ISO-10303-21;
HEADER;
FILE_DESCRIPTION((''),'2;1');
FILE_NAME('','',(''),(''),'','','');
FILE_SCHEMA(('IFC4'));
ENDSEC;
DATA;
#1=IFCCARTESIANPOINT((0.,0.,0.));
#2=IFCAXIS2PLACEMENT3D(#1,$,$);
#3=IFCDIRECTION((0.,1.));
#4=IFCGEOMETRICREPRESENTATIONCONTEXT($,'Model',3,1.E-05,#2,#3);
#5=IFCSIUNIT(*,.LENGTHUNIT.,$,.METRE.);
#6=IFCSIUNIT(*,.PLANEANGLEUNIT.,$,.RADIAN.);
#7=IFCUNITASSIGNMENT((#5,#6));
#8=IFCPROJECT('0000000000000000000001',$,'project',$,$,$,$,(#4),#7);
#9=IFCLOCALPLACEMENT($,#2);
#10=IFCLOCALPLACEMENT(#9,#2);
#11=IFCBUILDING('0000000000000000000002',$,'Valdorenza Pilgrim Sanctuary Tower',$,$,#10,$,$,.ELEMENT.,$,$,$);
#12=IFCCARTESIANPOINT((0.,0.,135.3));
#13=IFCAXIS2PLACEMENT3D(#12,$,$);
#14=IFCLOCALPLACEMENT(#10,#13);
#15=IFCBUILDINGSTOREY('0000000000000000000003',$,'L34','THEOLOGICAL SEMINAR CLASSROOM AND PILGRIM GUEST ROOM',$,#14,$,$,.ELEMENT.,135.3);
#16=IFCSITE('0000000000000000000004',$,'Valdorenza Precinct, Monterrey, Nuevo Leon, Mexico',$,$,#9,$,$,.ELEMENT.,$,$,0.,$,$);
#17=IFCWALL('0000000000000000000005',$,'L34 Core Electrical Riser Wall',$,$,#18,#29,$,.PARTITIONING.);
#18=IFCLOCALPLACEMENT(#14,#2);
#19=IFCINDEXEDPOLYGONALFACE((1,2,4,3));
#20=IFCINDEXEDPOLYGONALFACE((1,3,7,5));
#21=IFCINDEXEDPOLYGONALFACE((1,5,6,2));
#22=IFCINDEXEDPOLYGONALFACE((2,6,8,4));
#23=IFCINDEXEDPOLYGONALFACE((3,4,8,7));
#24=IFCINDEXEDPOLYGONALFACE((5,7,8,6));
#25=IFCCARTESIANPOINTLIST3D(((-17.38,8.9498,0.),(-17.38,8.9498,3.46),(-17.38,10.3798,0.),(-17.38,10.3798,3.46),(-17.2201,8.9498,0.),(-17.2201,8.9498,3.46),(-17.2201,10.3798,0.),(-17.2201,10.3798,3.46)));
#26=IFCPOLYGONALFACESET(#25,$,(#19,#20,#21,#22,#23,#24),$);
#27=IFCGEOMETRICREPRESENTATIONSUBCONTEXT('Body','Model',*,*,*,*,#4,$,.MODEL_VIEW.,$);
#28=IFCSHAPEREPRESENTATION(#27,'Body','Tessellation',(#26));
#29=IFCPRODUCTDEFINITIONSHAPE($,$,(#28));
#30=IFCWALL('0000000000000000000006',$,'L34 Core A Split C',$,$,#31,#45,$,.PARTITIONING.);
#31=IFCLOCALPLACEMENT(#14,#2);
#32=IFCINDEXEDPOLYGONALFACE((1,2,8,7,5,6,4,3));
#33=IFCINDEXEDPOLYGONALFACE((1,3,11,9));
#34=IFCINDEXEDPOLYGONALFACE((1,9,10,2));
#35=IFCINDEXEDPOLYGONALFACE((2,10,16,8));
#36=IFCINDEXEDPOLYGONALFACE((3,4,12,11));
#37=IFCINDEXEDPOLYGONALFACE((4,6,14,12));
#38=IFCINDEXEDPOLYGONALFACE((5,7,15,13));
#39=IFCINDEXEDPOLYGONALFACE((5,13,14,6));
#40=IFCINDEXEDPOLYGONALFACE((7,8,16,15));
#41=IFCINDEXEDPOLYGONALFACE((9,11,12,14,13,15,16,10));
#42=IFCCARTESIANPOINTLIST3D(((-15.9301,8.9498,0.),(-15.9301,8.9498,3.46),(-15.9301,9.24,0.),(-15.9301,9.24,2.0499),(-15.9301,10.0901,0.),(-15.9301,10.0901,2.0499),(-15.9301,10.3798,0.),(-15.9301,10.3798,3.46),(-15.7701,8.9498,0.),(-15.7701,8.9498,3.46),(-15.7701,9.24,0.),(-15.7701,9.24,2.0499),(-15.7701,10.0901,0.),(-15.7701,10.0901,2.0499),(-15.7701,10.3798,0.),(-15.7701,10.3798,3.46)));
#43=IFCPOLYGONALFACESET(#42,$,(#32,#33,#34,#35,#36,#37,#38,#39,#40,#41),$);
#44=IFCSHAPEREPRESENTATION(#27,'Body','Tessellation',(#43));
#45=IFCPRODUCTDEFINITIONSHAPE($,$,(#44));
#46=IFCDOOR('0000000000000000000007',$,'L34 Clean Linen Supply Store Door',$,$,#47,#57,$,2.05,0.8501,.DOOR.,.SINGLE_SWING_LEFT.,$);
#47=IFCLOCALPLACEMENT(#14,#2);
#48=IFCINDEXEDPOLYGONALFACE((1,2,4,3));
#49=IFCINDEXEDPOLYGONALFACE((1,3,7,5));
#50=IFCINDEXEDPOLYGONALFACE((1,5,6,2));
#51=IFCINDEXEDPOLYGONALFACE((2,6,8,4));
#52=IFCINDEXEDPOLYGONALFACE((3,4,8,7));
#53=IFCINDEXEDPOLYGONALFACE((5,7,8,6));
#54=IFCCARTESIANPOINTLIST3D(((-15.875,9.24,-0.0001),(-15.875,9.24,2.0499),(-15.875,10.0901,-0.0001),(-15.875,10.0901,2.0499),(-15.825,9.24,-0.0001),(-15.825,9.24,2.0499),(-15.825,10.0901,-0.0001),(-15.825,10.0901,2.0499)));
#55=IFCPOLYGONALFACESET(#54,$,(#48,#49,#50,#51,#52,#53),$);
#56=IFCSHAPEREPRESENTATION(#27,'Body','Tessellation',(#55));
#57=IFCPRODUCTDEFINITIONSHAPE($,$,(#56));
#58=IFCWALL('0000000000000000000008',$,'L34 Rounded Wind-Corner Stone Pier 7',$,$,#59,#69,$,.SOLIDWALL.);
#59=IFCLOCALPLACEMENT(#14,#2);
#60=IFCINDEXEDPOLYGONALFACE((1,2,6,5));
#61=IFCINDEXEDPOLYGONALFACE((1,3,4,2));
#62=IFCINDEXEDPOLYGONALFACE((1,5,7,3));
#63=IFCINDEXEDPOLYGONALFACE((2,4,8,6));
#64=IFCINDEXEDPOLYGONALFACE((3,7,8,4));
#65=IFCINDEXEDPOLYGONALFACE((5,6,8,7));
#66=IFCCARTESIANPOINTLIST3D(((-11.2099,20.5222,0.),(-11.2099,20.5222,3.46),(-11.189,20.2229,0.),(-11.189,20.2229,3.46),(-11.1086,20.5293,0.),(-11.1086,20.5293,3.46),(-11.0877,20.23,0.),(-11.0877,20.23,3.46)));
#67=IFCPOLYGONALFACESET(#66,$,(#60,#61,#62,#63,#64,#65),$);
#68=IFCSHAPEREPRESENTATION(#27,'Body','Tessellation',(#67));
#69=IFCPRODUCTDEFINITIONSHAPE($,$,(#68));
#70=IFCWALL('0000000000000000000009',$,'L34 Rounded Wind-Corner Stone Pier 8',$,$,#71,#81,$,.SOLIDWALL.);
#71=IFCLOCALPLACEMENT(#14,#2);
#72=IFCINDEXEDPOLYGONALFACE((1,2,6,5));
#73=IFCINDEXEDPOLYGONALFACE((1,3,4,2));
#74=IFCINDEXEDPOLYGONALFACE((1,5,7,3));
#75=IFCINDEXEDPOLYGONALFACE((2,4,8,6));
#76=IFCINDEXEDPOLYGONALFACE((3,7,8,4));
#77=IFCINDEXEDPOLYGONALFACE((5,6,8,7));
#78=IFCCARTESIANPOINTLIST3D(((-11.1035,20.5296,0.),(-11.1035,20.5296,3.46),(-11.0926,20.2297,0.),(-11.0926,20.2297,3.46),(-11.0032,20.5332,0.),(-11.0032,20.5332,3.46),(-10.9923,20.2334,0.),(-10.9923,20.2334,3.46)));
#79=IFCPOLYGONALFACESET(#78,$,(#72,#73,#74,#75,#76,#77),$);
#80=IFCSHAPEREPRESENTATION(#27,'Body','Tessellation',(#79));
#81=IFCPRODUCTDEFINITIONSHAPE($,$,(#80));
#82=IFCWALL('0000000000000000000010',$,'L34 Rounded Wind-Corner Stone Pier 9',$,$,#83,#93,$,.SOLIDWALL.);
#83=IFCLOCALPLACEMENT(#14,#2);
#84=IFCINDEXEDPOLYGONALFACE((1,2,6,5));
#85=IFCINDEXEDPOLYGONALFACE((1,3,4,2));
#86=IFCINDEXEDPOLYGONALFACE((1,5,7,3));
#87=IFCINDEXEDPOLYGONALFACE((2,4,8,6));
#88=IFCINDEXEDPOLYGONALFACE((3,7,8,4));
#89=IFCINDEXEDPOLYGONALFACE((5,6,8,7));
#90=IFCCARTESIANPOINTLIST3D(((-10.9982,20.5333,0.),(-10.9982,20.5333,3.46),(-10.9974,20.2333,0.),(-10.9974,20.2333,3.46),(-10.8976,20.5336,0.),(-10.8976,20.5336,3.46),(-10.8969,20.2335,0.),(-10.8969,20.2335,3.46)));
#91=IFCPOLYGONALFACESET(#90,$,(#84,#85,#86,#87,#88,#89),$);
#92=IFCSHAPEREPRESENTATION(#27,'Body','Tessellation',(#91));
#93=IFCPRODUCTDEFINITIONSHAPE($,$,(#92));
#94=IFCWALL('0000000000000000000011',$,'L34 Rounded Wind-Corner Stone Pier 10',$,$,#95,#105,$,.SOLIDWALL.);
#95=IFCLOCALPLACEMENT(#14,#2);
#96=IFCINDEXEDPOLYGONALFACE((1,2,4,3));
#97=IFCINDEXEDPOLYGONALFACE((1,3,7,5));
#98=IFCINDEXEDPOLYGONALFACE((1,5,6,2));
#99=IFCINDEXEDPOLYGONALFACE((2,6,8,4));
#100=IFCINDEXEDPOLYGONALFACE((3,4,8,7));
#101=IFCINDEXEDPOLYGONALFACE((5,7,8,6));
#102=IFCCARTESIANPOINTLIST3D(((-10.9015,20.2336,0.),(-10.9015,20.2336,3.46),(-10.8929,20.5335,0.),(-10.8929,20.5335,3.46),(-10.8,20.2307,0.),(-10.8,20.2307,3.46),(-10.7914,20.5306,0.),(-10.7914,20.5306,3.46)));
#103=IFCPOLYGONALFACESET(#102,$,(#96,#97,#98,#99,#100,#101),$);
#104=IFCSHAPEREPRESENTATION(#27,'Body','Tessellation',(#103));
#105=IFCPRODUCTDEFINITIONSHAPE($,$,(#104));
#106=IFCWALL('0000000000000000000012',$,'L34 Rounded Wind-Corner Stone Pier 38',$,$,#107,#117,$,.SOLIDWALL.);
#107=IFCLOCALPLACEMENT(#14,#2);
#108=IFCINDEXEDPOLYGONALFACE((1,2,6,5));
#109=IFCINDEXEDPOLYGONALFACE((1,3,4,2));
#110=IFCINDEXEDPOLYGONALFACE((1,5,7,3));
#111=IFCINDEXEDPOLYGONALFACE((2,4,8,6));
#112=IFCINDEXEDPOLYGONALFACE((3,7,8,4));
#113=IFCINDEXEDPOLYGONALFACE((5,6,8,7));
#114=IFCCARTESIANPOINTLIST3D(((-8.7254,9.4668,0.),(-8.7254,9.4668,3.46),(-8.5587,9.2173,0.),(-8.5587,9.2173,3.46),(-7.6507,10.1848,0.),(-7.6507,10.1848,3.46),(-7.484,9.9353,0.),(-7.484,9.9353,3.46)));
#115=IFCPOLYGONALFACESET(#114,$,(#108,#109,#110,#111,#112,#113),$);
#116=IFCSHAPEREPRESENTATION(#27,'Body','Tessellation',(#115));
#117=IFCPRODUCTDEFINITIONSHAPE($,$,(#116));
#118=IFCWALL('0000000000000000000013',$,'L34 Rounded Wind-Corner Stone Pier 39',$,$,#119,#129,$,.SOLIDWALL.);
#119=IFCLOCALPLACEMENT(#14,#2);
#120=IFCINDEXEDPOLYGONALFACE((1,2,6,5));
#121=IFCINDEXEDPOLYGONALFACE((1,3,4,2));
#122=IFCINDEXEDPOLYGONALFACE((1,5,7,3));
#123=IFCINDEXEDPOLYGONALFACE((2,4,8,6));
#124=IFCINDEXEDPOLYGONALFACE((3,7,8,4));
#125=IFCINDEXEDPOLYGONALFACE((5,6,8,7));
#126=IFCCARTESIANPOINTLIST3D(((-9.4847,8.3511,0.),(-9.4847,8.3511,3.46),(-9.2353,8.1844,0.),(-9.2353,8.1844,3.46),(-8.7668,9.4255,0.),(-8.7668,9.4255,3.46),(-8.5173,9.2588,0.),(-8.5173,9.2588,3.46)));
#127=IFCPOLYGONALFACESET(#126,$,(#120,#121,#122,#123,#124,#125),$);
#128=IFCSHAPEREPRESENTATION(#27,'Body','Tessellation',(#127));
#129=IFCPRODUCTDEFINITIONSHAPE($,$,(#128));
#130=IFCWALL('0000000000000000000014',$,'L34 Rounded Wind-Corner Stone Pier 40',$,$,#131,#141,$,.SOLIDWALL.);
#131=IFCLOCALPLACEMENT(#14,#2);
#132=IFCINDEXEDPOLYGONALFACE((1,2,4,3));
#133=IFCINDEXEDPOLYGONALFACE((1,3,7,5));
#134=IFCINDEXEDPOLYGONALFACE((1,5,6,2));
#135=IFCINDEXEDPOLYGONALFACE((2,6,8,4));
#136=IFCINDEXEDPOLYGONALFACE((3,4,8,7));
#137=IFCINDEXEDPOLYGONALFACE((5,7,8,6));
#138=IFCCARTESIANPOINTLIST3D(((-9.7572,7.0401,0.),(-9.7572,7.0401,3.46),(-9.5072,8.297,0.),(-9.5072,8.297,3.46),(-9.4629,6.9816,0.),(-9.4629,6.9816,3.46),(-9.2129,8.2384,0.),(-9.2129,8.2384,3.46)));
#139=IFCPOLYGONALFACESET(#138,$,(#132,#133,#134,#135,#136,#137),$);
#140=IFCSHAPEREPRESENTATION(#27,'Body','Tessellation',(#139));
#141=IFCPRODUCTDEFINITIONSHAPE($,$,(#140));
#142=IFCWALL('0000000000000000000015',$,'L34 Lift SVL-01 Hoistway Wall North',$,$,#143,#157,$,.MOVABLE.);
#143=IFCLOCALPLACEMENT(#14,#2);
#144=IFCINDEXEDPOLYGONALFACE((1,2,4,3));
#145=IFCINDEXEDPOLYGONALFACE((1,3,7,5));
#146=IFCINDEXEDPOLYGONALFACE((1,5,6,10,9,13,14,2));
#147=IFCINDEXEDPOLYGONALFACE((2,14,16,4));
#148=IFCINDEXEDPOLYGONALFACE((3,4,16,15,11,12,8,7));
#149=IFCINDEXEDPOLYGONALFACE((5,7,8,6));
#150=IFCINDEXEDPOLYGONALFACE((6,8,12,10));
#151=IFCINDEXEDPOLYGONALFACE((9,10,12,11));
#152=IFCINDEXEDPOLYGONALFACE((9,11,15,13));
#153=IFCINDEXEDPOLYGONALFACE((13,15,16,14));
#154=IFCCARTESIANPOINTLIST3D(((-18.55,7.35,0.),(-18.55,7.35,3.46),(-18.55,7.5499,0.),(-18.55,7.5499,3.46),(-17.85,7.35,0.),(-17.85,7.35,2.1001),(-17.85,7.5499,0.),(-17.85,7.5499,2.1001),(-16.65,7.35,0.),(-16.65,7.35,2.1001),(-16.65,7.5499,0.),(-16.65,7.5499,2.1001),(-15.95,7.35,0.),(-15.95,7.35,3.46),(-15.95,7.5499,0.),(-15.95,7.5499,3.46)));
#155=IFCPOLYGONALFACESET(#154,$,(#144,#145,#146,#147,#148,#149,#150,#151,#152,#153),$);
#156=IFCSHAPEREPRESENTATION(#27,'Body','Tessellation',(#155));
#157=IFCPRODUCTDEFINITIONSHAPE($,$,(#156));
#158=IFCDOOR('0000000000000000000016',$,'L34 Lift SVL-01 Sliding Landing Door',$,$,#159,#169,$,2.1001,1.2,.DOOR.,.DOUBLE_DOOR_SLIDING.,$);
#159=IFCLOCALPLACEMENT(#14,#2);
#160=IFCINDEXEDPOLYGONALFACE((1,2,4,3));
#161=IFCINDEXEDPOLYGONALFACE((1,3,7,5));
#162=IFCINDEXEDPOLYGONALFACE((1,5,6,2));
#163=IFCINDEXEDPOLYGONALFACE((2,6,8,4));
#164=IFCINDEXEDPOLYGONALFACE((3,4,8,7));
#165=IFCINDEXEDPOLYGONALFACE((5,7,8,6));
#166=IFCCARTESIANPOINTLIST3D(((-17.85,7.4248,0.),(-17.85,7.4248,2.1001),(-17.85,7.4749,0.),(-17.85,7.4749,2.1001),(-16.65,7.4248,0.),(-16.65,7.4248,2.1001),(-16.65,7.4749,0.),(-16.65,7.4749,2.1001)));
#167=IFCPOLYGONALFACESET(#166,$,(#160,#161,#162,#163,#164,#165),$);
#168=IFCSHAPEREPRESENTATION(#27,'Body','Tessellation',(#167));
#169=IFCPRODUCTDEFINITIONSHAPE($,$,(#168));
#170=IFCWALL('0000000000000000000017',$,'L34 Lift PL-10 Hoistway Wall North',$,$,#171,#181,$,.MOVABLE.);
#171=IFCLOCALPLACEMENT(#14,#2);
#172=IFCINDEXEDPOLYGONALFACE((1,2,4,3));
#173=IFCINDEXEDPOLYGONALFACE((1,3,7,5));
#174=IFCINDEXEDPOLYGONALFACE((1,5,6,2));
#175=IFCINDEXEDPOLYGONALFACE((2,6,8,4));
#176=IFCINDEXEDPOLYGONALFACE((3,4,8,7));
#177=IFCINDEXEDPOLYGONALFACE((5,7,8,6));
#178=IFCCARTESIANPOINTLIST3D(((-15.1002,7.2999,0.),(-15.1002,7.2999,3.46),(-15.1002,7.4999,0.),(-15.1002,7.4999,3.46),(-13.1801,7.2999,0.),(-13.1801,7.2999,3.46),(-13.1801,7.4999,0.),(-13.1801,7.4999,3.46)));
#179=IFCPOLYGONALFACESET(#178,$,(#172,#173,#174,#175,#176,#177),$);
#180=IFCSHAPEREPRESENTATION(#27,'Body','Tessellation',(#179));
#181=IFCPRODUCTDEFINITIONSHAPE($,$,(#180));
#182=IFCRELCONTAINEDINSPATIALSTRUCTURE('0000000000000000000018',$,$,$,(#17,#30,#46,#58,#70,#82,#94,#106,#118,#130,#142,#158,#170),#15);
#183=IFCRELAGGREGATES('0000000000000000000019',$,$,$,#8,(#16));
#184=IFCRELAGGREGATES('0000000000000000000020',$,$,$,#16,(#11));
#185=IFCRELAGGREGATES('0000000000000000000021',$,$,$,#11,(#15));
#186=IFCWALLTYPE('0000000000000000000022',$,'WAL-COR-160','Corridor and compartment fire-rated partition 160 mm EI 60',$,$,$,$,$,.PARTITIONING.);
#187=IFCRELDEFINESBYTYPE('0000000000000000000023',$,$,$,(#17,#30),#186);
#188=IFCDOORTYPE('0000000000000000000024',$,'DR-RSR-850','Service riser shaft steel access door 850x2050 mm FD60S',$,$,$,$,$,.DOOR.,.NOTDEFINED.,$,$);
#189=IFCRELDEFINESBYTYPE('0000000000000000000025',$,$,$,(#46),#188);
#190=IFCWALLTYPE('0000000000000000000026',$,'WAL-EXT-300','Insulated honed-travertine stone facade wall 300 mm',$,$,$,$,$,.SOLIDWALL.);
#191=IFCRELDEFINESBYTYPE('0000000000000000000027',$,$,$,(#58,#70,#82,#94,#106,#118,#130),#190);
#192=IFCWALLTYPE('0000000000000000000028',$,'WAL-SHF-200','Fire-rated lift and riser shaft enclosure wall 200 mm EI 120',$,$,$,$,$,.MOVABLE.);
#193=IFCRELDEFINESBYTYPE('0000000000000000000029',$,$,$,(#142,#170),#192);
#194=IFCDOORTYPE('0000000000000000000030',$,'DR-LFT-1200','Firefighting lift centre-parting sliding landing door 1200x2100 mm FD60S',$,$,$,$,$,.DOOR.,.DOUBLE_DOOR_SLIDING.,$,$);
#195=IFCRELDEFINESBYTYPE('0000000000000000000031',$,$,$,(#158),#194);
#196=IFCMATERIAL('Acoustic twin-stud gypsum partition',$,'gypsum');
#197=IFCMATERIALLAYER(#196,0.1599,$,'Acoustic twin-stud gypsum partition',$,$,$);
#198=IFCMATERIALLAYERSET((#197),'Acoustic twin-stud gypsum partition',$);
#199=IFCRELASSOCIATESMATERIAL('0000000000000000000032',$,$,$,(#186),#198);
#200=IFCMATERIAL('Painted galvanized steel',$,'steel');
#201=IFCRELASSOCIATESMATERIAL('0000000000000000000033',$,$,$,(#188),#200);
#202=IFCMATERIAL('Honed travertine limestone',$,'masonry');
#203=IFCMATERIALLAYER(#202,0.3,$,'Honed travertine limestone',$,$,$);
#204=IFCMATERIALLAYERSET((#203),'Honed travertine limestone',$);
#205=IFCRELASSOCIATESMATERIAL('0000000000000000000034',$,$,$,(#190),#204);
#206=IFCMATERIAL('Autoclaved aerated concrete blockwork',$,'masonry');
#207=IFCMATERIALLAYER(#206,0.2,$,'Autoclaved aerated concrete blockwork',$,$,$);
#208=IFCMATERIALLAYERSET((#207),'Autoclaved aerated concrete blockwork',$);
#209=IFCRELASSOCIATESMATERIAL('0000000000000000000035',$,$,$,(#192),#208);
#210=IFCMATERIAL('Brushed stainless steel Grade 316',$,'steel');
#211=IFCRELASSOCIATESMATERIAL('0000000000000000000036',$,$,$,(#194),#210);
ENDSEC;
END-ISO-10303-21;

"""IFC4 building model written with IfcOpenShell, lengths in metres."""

from ifc_helpers import new_model, si_unit, direction, frame, frame_2d, origin, place, context, subcontext, project, spatial, rectangle, extrude, material, layer, layer_set, type_object, element, fill, save


model = new_model("IFC4")

# Units and contexts
model_context = context("Model", 3, precision=1e-05, world=origin(), true_north=direction((0.0, 1.0)))
body_context = subcontext(model_context, "Body", "Model", "MODEL_VIEW")
ifc_project = project(units=[si_unit("LENGTHUNIT", "METRE"), si_unit("PLANEANGLEUNIT", "RADIAN")], contexts=[model_context])

# Site, building, storey
site_placement = place(None, origin())
site = spatial("IfcSite", under=ifc_project, at=site_placement, Name="Valdorenza Precinct, Monterrey, Nuevo Leon, Mexico", CompositionType="ELEMENT", RefElevation=0.0)
building_placement = place(site_placement, origin())
building = spatial("IfcBuilding", under=site, at=building_placement, Name="Valdorenza Pilgrim Sanctuary Tower", CompositionType="ELEMENT")
storey_placement = place(building_placement, frame((0.0, 0.0, 135.3)))
storey = spatial("IfcBuildingStorey", under=building, at=storey_placement, Name="L34", Description="THEOLOGICAL SEMINAR CLASSROOM AND PILGRIM GUEST ROOM", CompositionType="ELEMENT", Elevation=135.3)

# Shared definitions
ifc_material_1 = material(Name="Honed travertine limestone", Category="masonry")

# Shared definitions
ifc_material_2 = material(Name="Acoustic twin-stud gypsum partition", Category="gypsum")
ifc_layer_1 = layer(ifc_material_2, 0.1599, Name="Acoustic twin-stud gypsum partition")
ifc_layer_set_1 = layer_set([ifc_layer_1], Name="Acoustic twin-stud gypsum partition")
wall_type_1 = type_object("IfcWallType", Name="WAL-COR-160", Description="Corridor and compartment fire-rated partition 160 mm EI 60", PredefinedType="PARTITIONING", material=ifc_layer_set_1)

# Shared definitions
ifc_material_3 = material(Name="Painted galvanized steel", Category="steel")
door_type_1 = type_object("IfcDoorType", Name="DR-RSR-850", Description="Service riser shaft steel access door 850x2050 mm FD60S", OperationType="NOTDEFINED", PredefinedType="DOOR", material=ifc_material_3)

# Wall
for number, where, z_axis, x_axis, name in (
    (1, (-17.3, 8.95, 0.0), (0.0, 0.0, 1.0), (0.0, 1.0, 0.0), "L34 Core Electrical Riser Wall"),
):
    element("IfcWall", number, at=place(storey_placement, frame(where, z_axis=z_axis, x_axis=x_axis)), inside=storey, type_object=wall_type_1, Name=name, PredefinedType="PARTITIONING", context=body_context, shape_type="SweptSolid", body=[
        extrude(rectangle(XDim=1.4299, YDim=0.1599, at=frame_2d((0.7148, 0.0))), origin(), (0.0, 0.0, 1.0), 3.46),
    ])

# Wall, opening, door
wall_1_placement = place(storey_placement, frame((-15.8501, 8.95, 0.0), z_axis=(0.0, 0.0, 1.0), x_axis=(0.0, 1.0, 0.0)))
wall_1 = element("IfcWall", 2, at=wall_1_placement, inside=storey, type_object=wall_type_1, Name="L34 Core A Split C", PredefinedType="PARTITIONING", context=body_context, shape_type="SweptSolid", body=[
    extrude(rectangle(XDim=1.4299, YDim=0.1599, at=frame_2d((0.7148, 0.0))), origin(), (0.0, 0.0, 1.0), 3.46),
])
opening_1_placement = place(wall_1_placement, frame((0.29, 0.0, 0.0)))
opening_1 = element("IfcOpeningElement", 3, at=opening_1_placement, cuts=wall_1, PredefinedType="OPENING", context=body_context, shape_type="SweptSolid", body=[
    extrude(rectangle(XDim=0.8501, YDim=2.05, at=frame_2d((0.425, 1.0249))), frame((0.0, 0.0947, 0.0), z_axis=(0.0, -1.0, 0.0), x_axis=(1.0, 0.0, 0.0)), (0.0, 0.0, 1.0), 0.1897),
])
door_1_placement = place(opening_1_placement, origin())
door_1 = element("IfcDoor", 4, at=door_1_placement, inside=storey, type_object=door_type_1, Name="L34 Clean Linen Supply Store Door", OperationType="SINGLE_SWING_LEFT", OverallHeight=2.05, OverallWidth=0.8501, PredefinedType="DOOR", context=body_context, shape_type="SweptSolid", body=[
    extrude(rectangle(XDim=0.8501, YDim=2.05, at=frame_2d((0.425, 1.0249))), frame((0.0, 0.0249, 0.0), z_axis=(0.0, -1.0, 0.0), x_axis=(1.0, 0.0, 0.0)), (0.0, 0.0, 1.0), 0.05),
])
fill(opening_1, door_1)

# Walls
ifc_layer_2 = layer(ifc_material_1, 0.3, Name="Honed travertine limestone")
ifc_layer_set_2 = layer_set([ifc_layer_2], Name="Honed travertine limestone")
wall_type_2 = type_object("IfcWallType", Name="WAL-EXT-300", Description="Insulated honed-travertine stone facade wall 300 mm", PredefinedType="SOLIDWALL", material=ifc_layer_set_2)
wall_2_placement = place(storey_placement, frame((-11.1995, 20.3726, 0.0), z_axis=(0.0, 0.0, 1.0), x_axis=(0.997567, 0.06971, 0.0)))
element("IfcWall", 5, at=wall_2_placement, inside=storey, type_object=wall_type_2, Name="L34 Rounded Wind-Corner Stone Pier 7", PredefinedType="SOLIDWALL", context=body_context, shape_type="SweptSolid", body=[
    extrude(rectangle(XDim=0.1016, YDim=0.3, at=frame_2d((0.0508, 0.0))), origin(), (0.0, 0.0, 1.0), 3.46),
])
wall_3_placement = place(storey_placement, frame((-11.0981, 20.3796, 0.0), z_axis=(0.0, 0.0, 1.0), x_axis=(0.999335, 0.036472, 0.0)))
element("IfcWall", 6, at=wall_3_placement, inside=storey, type_object=wall_type_2, Name="L34 Rounded Wind-Corner Stone Pier 8", PredefinedType="SOLIDWALL", context=body_context, shape_type="SweptSolid", body=[
    extrude(rectangle(XDim=0.1003, YDim=0.3, at=frame_2d((0.0503, 0.0))), origin(), (0.0, 0.0, 1.0), 3.46),
])
wall_4_placement = place(storey_placement, frame((-10.9978, 20.3833, 0.0), z_axis=(0.0, 0.0, 1.0), x_axis=(0.999997, 0.002427, 0.0)))
element("IfcWall", 7, at=wall_4_placement, inside=storey, type_object=wall_type_2, Name="L34 Rounded Wind-Corner Stone Pier 9", PredefinedType="SOLIDWALL", context=body_context, shape_type="SweptSolid", body=[
    extrude(rectangle(XDim=0.1006, YDim=0.3, at=frame_2d((0.0503, 0.0))), origin(), (0.0, 0.0, 1.0), 3.46),
])
wall_5_placement = place(storey_placement, frame((-10.8972, 20.3835, 0.0), z_axis=(0.0, 0.0, 1.0), x_axis=(0.999584, -0.028834, 0.0)))
element("IfcWall", 8, at=wall_5_placement, inside=storey, type_object=wall_type_2, Name="L34 Rounded Wind-Corner Stone Pier 10", PredefinedType="SOLIDWALL", context=body_context, shape_type="SweptSolid", body=[
    extrude(rectangle(XDim=0.1016, YDim=0.3, at=frame_2d((0.0508, 0.0))), origin(), (0.0, 0.0, 1.0), 3.46),
])
wall_6_placement = place(storey_placement, frame((-7.5674, 10.0601, 0.0), z_axis=(0.0, 0.0, 1.0), x_axis=(-0.831498, -0.555528, 0.0)))
element("IfcWall", 9, at=wall_6_placement, inside=storey, type_object=wall_type_2, Name="L34 Rounded Wind-Corner Stone Pier 38", PredefinedType="SOLIDWALL", context=body_context, shape_type="SweptSolid", body=[
    extrude(rectangle(XDim=1.2925, YDim=0.3, at=frame_2d((0.6462, 0.0))), origin(), (0.0, 0.0, 1.0), 3.46),
])
wall_7_placement = place(storey_placement, frame((-8.6421, 9.342, 0.0), z_axis=(0.0, 0.0, 1.0), x_axis=(-0.555615, -0.831439, 0.0)))
element("IfcWall", 10, at=wall_7_placement, inside=storey, type_object=wall_type_2, Name="L34 Rounded Wind-Corner Stone Pier 39", PredefinedType="SOLIDWALL", context=body_context, shape_type="SweptSolid", body=[
    extrude(rectangle(XDim=1.2922, YDim=0.3, at=frame_2d((0.646, 0.0))), origin(), (0.0, 0.0, 1.0), 3.46),
])
wall_8_placement = place(storey_placement, frame((-9.3601, 8.2676, 0.0), z_axis=(0.0, 0.0, 1.0), x_axis=(-0.19509, -0.980785, 0.0)))
element("IfcWall", 11, at=wall_8_placement, inside=storey, type_object=wall_type_2, Name="L34 Rounded Wind-Corner Stone Pier 40", PredefinedType="SOLIDWALL", context=body_context, shape_type="SweptSolid", body=[
    extrude(rectangle(XDim=1.2815, YDim=0.3, at=frame_2d((0.6406, 0.0))), origin(), (0.0, 0.0, 1.0), 3.46),
])

# Wall, opening, door
ifc_material_4 = material(Name="Autoclaved aerated concrete blockwork", Category="masonry")
ifc_layer_3 = layer(ifc_material_4, 0.2, Name="Autoclaved aerated concrete blockwork")
ifc_layer_set_3 = layer_set([ifc_layer_3], Name="Autoclaved aerated concrete blockwork")
wall_type_3 = type_object("IfcWallType", Name="WAL-SHF-200", Description="Fire-rated lift and riser shaft enclosure wall 200 mm EI 120", PredefinedType="MOVABLE", material=ifc_layer_set_3)
wall_9_placement = place(storey_placement, frame((-18.55, 7.45, 0.0), z_axis=(0.0, 0.0, 1.0), x_axis=(1.0, 0.0, 0.0)))
wall_9 = element("IfcWall", 12, at=wall_9_placement, inside=storey, type_object=wall_type_3, Name="L34 Lift SVL-01 Hoistway Wall North", PredefinedType="MOVABLE", context=body_context, shape_type="SweptSolid", body=[
    extrude(rectangle(XDim=2.6001, YDim=0.2, at=frame_2d((1.3, 0.0))), origin(), (0.0, 0.0, 1.0), 3.46),
])
opening_2_placement = place(wall_9_placement, frame((0.7, 0.0, 0.0)))
opening_2 = element("IfcOpeningElement", 13, at=opening_2_placement, cuts=wall_9, PredefinedType="OPENING", context=body_context, shape_type="SweptSolid", body=[
    extrude(rectangle(XDim=1.2, YDim=2.1001, at=frame_2d((0.6001, 1.05))), frame((0.0, 0.1147, 0.0), z_axis=(0.0, -1.0, 0.0), x_axis=(1.0, 0.0, 0.0)), (0.0, 0.0, 1.0), 0.2297),
])
ifc_material_5 = material(Name="Brushed stainless steel Grade 316", Category="steel")
door_type_2 = type_object("IfcDoorType", Name="DR-LFT-1200", Description="Firefighting lift centre-parting sliding landing door 1200x2100 mm FD60S", OperationType="DOUBLE_DOOR_SLIDING", PredefinedType="DOOR", material=ifc_material_5)
door_2_placement = place(opening_2_placement, origin())
door_2 = element("IfcDoor", 14, at=door_2_placement, inside=storey, type_object=door_type_2, Name="L34 Lift SVL-01 Sliding Landing Door", OperationType="DOUBLE_DOOR_SLIDING", OverallHeight=2.1001, OverallWidth=1.2, PredefinedType="DOOR", context=body_context, shape_type="SweptSolid", body=[
    extrude(rectangle(XDim=1.2, YDim=2.1001, at=frame_2d((0.6001, 1.05))), frame((0.0, 0.0249, 0.0), z_axis=(0.0, -1.0, 0.0), x_axis=(1.0, 0.0, 0.0)), (0.0, 0.0, 1.0), 0.05),
])
fill(opening_2, door_2)

# Wall
wall_10_placement = place(storey_placement, frame((-15.1001, 7.3999, 0.0), z_axis=(0.0, 0.0, 1.0), x_axis=(1.0, 0.0, 0.0)))
element("IfcWall", 15, at=wall_10_placement, inside=storey, type_object=wall_type_3, Name="L34 Lift PL-10 Hoistway Wall North", PredefinedType="MOVABLE", context=body_context, shape_type="SweptSolid", body=[
    extrude(rectangle(XDim=1.9202, YDim=0.2, at=frame_2d((0.96, 0.0))), origin(), (0.0, 0.0, 1.0), 3.46),
])

save(model, "model.ifc")
